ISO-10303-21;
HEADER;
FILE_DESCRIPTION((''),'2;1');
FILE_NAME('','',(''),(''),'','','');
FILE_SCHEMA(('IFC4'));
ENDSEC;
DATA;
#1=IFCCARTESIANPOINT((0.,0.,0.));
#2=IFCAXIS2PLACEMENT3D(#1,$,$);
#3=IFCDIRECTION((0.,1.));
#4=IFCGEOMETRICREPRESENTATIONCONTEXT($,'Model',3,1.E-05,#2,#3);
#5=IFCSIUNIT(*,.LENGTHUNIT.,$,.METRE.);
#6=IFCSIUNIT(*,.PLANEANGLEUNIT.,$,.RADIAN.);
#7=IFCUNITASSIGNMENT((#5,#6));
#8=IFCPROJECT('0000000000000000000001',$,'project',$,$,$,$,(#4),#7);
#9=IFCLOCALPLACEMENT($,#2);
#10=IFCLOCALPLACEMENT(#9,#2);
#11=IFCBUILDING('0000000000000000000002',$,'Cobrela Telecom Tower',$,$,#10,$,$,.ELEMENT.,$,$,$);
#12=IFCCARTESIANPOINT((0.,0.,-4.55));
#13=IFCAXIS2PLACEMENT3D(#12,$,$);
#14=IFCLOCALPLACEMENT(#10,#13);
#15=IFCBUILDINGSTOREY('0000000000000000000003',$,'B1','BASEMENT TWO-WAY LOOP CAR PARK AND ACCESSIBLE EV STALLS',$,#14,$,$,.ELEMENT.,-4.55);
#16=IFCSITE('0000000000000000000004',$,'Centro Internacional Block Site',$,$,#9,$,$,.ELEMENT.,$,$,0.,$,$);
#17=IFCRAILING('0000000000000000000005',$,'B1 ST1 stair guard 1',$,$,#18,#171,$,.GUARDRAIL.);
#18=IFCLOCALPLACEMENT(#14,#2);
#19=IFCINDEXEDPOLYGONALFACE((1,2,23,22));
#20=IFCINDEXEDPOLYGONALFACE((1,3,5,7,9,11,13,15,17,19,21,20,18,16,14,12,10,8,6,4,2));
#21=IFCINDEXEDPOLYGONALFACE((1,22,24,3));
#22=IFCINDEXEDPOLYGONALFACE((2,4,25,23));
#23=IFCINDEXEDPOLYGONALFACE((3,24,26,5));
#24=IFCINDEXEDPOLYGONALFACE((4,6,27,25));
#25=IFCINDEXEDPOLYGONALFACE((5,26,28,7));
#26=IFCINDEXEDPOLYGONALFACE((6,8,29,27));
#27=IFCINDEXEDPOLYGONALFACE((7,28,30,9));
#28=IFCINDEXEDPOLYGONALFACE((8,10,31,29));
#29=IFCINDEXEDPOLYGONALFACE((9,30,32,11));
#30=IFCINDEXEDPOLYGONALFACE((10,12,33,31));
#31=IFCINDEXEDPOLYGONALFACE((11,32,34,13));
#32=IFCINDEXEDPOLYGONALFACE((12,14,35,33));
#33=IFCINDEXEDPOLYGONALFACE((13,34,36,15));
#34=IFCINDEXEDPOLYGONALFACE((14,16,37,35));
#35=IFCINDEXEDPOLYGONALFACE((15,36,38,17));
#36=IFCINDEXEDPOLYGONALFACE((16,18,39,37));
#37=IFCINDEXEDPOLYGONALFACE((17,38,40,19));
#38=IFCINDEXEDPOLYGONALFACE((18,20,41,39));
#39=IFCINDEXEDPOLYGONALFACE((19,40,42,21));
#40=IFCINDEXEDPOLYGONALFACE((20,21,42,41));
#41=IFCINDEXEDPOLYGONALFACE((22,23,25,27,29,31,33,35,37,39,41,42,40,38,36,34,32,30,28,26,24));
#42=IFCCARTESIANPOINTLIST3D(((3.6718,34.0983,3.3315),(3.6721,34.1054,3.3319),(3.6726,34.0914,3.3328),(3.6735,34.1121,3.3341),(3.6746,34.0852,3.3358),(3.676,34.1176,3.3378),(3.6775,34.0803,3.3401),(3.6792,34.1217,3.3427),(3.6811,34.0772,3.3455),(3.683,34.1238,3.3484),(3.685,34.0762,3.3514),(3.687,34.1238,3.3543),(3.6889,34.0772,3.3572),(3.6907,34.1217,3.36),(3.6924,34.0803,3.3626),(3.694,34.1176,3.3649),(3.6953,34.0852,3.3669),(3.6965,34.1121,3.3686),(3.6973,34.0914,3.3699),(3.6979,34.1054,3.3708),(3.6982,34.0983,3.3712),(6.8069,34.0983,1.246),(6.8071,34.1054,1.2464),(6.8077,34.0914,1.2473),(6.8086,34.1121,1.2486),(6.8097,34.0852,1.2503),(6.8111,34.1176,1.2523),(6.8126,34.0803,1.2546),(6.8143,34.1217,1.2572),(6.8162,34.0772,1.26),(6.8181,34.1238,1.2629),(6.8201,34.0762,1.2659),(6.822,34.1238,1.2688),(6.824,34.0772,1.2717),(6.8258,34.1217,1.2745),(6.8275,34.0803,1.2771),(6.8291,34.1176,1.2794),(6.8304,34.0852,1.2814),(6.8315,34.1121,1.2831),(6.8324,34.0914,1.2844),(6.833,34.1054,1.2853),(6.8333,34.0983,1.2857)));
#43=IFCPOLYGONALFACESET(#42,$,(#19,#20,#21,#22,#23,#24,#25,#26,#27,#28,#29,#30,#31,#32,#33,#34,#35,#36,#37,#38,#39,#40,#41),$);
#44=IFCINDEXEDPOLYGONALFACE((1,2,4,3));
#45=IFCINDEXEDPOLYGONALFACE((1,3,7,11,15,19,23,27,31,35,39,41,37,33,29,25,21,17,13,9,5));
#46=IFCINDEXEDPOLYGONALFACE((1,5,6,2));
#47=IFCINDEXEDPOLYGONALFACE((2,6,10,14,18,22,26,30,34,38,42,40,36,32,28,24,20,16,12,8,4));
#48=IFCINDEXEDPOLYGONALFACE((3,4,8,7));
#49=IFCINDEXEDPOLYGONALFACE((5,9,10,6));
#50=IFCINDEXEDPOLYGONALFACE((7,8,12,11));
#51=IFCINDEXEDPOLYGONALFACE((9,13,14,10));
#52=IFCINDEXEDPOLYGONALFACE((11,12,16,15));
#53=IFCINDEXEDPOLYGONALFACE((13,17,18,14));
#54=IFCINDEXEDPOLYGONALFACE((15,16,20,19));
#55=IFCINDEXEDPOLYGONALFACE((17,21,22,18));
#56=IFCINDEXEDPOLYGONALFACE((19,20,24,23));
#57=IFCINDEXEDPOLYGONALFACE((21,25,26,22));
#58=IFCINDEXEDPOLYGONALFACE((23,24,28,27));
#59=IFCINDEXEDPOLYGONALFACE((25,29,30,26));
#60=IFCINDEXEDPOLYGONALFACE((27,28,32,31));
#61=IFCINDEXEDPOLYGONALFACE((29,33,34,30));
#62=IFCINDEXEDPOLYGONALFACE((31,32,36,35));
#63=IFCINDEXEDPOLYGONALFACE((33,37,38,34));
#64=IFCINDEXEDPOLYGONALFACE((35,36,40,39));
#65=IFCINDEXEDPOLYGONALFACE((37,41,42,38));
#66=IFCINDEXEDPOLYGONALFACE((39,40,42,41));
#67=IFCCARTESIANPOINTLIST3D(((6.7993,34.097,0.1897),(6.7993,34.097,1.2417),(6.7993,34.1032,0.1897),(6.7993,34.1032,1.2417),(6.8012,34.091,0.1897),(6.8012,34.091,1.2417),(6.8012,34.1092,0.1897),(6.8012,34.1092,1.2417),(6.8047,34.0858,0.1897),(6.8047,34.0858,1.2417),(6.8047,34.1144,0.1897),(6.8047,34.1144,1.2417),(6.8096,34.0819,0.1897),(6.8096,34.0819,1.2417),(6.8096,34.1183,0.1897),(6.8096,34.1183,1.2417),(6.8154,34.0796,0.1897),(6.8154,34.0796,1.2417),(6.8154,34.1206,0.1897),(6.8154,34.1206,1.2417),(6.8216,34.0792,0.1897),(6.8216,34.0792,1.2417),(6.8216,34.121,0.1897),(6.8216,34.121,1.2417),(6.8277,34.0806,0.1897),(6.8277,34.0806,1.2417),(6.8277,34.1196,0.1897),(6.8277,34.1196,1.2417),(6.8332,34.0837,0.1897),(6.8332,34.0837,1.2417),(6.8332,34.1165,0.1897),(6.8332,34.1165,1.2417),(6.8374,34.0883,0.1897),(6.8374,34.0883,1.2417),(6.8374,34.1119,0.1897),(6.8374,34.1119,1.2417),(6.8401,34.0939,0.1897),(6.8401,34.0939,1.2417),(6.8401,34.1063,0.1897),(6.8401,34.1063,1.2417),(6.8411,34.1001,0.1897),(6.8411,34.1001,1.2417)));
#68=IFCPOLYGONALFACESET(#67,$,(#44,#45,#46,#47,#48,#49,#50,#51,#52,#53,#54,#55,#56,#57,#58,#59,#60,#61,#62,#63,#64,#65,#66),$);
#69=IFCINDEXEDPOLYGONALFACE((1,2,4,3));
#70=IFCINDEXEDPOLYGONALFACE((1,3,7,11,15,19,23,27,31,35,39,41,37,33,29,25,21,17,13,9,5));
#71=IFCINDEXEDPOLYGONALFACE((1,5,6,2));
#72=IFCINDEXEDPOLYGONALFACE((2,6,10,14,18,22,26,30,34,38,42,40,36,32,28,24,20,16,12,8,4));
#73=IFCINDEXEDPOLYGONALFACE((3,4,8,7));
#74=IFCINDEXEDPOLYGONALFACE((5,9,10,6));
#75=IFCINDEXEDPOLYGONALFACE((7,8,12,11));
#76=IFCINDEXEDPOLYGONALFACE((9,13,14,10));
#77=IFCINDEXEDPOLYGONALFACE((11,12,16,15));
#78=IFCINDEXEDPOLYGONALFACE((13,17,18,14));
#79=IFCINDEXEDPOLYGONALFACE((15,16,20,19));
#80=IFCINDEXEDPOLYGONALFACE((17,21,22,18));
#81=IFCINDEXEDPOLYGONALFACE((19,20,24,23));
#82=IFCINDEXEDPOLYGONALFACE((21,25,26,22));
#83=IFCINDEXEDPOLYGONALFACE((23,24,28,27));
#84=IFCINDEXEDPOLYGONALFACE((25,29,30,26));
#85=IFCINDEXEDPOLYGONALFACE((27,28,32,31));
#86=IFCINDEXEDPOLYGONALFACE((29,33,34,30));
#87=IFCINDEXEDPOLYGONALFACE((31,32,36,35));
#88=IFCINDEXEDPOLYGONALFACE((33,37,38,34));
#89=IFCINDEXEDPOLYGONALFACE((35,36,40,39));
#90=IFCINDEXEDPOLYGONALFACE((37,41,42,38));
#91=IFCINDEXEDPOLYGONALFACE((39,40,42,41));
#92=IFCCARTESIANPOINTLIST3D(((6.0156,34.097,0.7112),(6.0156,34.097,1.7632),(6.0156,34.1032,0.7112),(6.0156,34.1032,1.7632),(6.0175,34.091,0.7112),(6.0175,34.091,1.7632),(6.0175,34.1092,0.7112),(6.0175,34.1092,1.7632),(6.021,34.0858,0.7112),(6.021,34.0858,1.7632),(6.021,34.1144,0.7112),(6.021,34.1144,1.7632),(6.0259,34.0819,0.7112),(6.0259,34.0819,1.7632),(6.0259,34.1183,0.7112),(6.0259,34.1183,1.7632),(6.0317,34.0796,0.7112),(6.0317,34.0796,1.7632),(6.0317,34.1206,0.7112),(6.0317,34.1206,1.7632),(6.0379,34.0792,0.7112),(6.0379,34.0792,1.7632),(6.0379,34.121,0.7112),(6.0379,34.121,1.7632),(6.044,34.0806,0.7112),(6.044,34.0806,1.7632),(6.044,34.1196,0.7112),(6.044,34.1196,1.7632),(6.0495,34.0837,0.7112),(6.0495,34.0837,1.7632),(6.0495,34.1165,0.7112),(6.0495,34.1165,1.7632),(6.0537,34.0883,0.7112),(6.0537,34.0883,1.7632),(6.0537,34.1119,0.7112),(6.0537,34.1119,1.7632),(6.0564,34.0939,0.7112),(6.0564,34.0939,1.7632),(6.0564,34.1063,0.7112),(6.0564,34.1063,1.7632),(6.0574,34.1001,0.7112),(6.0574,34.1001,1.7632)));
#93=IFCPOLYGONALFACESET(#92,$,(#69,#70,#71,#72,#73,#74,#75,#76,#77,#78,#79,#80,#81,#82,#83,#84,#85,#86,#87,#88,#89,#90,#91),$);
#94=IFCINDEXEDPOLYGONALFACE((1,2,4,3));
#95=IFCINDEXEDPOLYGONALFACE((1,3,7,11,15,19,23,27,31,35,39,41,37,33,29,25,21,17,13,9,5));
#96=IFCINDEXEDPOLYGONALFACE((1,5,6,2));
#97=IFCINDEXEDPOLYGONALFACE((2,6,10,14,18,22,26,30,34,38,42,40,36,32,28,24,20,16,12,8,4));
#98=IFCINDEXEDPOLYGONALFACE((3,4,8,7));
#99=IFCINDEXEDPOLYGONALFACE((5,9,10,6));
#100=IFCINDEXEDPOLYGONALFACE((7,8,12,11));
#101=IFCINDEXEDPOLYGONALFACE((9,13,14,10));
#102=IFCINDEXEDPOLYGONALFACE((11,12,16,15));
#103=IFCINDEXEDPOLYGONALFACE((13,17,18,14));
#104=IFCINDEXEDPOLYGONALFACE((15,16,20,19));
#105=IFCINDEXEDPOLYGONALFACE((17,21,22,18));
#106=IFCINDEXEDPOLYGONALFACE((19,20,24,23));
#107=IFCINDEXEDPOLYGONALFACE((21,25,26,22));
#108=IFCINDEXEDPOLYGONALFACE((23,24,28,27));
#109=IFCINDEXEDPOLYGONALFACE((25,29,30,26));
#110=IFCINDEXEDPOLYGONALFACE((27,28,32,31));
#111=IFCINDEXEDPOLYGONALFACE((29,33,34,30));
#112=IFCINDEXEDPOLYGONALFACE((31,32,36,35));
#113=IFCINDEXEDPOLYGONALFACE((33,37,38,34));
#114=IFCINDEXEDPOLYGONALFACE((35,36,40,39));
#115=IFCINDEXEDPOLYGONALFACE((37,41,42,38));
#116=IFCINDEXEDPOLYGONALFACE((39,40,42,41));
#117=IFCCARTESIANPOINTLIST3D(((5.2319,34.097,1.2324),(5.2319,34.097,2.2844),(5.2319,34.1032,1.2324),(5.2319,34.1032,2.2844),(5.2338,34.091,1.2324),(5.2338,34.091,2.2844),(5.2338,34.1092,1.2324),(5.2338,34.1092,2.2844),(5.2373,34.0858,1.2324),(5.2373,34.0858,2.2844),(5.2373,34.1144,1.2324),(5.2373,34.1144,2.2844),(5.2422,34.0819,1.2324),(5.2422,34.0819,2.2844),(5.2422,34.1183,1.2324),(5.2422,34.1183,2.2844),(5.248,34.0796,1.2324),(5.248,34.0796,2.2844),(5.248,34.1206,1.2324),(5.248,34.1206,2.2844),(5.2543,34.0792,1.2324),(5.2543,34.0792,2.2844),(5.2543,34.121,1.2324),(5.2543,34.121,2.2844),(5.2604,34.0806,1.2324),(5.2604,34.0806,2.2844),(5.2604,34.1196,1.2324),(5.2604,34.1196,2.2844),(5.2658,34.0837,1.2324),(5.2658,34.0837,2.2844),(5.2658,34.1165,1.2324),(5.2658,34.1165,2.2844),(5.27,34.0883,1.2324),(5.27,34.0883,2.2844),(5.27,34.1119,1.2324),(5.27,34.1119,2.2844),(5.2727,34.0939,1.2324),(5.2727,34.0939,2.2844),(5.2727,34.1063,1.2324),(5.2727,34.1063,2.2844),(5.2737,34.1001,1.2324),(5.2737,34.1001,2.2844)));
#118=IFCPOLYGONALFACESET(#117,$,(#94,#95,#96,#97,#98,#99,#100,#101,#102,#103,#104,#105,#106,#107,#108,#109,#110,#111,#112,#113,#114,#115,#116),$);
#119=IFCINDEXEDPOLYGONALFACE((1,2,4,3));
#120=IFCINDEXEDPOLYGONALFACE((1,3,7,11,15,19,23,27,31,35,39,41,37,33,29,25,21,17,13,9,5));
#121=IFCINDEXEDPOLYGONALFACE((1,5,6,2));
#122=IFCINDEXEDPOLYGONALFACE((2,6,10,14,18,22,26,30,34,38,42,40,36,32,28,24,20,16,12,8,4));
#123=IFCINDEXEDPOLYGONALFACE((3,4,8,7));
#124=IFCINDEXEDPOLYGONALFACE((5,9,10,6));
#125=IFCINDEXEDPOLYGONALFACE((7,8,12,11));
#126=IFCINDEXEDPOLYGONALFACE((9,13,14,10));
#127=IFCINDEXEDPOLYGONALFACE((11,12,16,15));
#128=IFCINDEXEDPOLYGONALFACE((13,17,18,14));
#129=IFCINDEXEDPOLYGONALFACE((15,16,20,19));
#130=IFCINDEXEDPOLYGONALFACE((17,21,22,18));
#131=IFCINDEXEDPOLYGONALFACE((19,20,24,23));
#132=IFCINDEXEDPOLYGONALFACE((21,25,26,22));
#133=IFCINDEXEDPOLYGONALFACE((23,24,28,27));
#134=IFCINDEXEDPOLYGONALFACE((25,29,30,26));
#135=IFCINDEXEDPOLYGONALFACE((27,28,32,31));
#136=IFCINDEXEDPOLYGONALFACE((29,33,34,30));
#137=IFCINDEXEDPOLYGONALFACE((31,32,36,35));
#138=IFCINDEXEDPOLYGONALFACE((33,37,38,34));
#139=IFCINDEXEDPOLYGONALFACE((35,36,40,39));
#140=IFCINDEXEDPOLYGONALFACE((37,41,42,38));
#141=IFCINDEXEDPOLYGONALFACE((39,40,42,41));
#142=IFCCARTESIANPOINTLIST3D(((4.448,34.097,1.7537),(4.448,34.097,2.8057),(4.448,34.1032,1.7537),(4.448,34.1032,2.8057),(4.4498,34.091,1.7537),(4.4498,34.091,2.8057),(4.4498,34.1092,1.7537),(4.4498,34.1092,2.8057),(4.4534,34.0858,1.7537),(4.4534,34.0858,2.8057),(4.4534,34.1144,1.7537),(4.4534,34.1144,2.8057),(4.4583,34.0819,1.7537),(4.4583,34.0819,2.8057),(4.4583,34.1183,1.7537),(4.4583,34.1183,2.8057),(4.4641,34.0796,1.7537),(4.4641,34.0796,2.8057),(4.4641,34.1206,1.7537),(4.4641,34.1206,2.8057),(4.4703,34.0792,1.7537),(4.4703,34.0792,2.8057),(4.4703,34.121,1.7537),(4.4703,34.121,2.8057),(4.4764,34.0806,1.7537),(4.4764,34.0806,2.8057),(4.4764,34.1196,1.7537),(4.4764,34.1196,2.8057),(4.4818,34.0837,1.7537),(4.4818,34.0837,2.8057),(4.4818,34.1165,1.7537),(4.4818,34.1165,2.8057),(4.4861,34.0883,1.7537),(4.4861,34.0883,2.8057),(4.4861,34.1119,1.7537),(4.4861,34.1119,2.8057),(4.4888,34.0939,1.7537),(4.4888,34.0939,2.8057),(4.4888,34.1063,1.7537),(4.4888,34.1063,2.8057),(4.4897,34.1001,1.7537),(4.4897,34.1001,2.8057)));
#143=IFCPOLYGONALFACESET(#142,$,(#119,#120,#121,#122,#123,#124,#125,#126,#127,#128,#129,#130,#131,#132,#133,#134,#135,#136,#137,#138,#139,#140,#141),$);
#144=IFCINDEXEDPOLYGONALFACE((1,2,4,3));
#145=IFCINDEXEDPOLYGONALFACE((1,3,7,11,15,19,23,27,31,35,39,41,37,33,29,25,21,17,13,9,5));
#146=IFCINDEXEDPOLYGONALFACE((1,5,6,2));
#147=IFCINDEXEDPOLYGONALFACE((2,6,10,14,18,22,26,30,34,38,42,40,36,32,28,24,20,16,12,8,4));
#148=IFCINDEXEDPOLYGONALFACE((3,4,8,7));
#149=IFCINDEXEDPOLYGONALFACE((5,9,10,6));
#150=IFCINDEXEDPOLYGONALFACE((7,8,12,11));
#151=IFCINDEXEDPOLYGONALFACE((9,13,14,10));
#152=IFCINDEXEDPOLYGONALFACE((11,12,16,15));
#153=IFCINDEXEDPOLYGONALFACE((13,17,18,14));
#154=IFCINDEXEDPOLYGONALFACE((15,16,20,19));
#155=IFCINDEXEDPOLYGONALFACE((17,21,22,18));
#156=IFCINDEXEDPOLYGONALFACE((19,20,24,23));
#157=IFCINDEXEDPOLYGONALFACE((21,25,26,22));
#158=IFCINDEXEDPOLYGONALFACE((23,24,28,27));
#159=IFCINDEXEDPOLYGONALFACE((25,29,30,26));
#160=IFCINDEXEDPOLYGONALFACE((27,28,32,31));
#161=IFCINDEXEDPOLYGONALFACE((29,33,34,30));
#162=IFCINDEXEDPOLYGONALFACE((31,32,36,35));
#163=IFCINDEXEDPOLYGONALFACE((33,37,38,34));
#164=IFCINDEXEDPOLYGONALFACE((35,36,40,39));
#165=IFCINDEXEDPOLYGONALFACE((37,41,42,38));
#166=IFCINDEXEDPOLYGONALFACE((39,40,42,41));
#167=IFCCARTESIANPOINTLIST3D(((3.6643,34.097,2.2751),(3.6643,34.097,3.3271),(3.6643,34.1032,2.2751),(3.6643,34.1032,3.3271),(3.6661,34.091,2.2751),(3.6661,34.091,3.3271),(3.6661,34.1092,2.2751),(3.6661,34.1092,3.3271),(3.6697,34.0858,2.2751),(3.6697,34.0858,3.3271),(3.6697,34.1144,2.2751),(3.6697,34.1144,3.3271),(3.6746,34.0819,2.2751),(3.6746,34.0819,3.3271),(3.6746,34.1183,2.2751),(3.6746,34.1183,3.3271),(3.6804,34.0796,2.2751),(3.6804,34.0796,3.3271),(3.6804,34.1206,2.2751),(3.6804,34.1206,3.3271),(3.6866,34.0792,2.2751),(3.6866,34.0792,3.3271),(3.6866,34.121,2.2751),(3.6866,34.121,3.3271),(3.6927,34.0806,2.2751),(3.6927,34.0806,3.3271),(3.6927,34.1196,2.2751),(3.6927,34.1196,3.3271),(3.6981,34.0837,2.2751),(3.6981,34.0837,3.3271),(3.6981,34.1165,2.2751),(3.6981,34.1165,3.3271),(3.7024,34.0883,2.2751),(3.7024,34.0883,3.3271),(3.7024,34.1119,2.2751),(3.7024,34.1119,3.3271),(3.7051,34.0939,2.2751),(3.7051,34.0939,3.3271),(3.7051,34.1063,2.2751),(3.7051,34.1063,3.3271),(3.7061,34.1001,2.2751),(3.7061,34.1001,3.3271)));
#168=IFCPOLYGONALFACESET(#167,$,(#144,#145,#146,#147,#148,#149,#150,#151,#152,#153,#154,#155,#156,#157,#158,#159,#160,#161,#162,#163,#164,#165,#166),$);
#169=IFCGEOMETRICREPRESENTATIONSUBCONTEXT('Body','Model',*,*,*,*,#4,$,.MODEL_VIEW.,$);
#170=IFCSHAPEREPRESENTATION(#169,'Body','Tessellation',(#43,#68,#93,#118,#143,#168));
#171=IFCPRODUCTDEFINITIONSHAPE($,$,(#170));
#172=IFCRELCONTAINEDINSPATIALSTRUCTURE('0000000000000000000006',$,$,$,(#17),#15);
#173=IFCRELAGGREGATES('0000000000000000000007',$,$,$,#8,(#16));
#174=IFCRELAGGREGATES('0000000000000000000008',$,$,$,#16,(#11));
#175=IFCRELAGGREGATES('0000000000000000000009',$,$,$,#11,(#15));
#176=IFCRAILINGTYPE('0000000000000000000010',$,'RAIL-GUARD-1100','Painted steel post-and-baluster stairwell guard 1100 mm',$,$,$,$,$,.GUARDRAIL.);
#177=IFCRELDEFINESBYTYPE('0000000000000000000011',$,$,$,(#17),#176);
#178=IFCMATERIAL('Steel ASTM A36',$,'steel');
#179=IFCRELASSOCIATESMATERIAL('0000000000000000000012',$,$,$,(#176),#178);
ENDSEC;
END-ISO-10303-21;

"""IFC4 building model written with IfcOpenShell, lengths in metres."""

from ifc_helpers import new_model, si_unit, direction, frame, origin, origin_2d, place, context, subcontext, project, spatial, circle, extrude, material, type_object, element, save


model = new_model("IFC4")

# Units and contexts
model_context = context("Model", 3, precision=1e-05, world=origin(), true_north=direction((0.0, 1.0)))
body_context = subcontext(model_context, "Body", "Model", "MODEL_VIEW")
ifc_project = project(units=[si_unit("LENGTHUNIT", "METRE"), si_unit("PLANEANGLEUNIT", "RADIAN")], contexts=[model_context])

# Site, building, storey
site_placement = place(None, origin())
site = spatial("IfcSite", under=ifc_project, at=site_placement, Name="Centro Internacional Block Site", CompositionType="ELEMENT", RefElevation=0.0)
building_placement = place(site_placement, origin())
building = spatial("IfcBuilding", under=site, at=building_placement, Name="Cobrela Telecom Tower", CompositionType="ELEMENT")
storey_placement = place(building_placement, frame((0.0, 0.0, -4.55)))
storey = spatial("IfcBuildingStorey", under=building, at=storey_placement, Name="B1", Description="BASEMENT TWO-WAY LOOP CAR PARK AND ACCESSIBLE EV STALLS", CompositionType="ELEMENT", Elevation=-4.55)

# Shared definitions
ifc_material_1 = material(Name="Steel ASTM A36", Category="steel")

# Railing
railing_type_1 = type_object("IfcRailingType", Name="RAIL-GUARD-1100", Description="Painted steel post-and-baluster stairwell guard 1100 mm", PredefinedType="GUARDRAIL", material=ifc_material_1)
railing_1_placement = place(storey_placement, frame((6.8201, 34.1001, 0.1897)))
element("IfcRailing", 1, at=railing_1_placement, inside=storey, type_object=railing_type_1, Name="B1 ST1 stair guard 1", PredefinedType="GUARDRAIL", context=body_context, shape_type="SweptSolid", body=[
    extrude(circle(Radius=0.0239, at=origin_2d()), frame((0.0, 0.0, 1.0762), z_axis=(-0.832608, 0.0, 0.553862), x_axis=(0.0, -1.0, 0.0)), (0.0, 0.0, 1.0), 3.7654),
    extrude(circle(Radius=0.021, at=origin_2d()), origin(), (0.0, 0.0, 1.0), 1.052),
    extrude(circle(Radius=0.021, at=origin_2d()), frame((-0.7837, 0.0, 0.5215)), (0.0, 0.0, 1.0), 1.052),
    extrude(circle(Radius=0.021, at=origin_2d()), frame((-1.5674, 0.0, 1.0427)), (0.0, 0.0, 1.0), 1.052),
    extrude(circle(Radius=0.021, at=origin_2d()), frame((-2.3513, 0.0, 1.564)), (0.0, 0.0, 1.0), 1.052),
    extrude(circle(Radius=0.021, at=origin_2d()), frame((-3.135, 0.0, 2.0854)), (0.0, 0.0, 1.0), 1.052),
])

save(model, "model.ifc")
